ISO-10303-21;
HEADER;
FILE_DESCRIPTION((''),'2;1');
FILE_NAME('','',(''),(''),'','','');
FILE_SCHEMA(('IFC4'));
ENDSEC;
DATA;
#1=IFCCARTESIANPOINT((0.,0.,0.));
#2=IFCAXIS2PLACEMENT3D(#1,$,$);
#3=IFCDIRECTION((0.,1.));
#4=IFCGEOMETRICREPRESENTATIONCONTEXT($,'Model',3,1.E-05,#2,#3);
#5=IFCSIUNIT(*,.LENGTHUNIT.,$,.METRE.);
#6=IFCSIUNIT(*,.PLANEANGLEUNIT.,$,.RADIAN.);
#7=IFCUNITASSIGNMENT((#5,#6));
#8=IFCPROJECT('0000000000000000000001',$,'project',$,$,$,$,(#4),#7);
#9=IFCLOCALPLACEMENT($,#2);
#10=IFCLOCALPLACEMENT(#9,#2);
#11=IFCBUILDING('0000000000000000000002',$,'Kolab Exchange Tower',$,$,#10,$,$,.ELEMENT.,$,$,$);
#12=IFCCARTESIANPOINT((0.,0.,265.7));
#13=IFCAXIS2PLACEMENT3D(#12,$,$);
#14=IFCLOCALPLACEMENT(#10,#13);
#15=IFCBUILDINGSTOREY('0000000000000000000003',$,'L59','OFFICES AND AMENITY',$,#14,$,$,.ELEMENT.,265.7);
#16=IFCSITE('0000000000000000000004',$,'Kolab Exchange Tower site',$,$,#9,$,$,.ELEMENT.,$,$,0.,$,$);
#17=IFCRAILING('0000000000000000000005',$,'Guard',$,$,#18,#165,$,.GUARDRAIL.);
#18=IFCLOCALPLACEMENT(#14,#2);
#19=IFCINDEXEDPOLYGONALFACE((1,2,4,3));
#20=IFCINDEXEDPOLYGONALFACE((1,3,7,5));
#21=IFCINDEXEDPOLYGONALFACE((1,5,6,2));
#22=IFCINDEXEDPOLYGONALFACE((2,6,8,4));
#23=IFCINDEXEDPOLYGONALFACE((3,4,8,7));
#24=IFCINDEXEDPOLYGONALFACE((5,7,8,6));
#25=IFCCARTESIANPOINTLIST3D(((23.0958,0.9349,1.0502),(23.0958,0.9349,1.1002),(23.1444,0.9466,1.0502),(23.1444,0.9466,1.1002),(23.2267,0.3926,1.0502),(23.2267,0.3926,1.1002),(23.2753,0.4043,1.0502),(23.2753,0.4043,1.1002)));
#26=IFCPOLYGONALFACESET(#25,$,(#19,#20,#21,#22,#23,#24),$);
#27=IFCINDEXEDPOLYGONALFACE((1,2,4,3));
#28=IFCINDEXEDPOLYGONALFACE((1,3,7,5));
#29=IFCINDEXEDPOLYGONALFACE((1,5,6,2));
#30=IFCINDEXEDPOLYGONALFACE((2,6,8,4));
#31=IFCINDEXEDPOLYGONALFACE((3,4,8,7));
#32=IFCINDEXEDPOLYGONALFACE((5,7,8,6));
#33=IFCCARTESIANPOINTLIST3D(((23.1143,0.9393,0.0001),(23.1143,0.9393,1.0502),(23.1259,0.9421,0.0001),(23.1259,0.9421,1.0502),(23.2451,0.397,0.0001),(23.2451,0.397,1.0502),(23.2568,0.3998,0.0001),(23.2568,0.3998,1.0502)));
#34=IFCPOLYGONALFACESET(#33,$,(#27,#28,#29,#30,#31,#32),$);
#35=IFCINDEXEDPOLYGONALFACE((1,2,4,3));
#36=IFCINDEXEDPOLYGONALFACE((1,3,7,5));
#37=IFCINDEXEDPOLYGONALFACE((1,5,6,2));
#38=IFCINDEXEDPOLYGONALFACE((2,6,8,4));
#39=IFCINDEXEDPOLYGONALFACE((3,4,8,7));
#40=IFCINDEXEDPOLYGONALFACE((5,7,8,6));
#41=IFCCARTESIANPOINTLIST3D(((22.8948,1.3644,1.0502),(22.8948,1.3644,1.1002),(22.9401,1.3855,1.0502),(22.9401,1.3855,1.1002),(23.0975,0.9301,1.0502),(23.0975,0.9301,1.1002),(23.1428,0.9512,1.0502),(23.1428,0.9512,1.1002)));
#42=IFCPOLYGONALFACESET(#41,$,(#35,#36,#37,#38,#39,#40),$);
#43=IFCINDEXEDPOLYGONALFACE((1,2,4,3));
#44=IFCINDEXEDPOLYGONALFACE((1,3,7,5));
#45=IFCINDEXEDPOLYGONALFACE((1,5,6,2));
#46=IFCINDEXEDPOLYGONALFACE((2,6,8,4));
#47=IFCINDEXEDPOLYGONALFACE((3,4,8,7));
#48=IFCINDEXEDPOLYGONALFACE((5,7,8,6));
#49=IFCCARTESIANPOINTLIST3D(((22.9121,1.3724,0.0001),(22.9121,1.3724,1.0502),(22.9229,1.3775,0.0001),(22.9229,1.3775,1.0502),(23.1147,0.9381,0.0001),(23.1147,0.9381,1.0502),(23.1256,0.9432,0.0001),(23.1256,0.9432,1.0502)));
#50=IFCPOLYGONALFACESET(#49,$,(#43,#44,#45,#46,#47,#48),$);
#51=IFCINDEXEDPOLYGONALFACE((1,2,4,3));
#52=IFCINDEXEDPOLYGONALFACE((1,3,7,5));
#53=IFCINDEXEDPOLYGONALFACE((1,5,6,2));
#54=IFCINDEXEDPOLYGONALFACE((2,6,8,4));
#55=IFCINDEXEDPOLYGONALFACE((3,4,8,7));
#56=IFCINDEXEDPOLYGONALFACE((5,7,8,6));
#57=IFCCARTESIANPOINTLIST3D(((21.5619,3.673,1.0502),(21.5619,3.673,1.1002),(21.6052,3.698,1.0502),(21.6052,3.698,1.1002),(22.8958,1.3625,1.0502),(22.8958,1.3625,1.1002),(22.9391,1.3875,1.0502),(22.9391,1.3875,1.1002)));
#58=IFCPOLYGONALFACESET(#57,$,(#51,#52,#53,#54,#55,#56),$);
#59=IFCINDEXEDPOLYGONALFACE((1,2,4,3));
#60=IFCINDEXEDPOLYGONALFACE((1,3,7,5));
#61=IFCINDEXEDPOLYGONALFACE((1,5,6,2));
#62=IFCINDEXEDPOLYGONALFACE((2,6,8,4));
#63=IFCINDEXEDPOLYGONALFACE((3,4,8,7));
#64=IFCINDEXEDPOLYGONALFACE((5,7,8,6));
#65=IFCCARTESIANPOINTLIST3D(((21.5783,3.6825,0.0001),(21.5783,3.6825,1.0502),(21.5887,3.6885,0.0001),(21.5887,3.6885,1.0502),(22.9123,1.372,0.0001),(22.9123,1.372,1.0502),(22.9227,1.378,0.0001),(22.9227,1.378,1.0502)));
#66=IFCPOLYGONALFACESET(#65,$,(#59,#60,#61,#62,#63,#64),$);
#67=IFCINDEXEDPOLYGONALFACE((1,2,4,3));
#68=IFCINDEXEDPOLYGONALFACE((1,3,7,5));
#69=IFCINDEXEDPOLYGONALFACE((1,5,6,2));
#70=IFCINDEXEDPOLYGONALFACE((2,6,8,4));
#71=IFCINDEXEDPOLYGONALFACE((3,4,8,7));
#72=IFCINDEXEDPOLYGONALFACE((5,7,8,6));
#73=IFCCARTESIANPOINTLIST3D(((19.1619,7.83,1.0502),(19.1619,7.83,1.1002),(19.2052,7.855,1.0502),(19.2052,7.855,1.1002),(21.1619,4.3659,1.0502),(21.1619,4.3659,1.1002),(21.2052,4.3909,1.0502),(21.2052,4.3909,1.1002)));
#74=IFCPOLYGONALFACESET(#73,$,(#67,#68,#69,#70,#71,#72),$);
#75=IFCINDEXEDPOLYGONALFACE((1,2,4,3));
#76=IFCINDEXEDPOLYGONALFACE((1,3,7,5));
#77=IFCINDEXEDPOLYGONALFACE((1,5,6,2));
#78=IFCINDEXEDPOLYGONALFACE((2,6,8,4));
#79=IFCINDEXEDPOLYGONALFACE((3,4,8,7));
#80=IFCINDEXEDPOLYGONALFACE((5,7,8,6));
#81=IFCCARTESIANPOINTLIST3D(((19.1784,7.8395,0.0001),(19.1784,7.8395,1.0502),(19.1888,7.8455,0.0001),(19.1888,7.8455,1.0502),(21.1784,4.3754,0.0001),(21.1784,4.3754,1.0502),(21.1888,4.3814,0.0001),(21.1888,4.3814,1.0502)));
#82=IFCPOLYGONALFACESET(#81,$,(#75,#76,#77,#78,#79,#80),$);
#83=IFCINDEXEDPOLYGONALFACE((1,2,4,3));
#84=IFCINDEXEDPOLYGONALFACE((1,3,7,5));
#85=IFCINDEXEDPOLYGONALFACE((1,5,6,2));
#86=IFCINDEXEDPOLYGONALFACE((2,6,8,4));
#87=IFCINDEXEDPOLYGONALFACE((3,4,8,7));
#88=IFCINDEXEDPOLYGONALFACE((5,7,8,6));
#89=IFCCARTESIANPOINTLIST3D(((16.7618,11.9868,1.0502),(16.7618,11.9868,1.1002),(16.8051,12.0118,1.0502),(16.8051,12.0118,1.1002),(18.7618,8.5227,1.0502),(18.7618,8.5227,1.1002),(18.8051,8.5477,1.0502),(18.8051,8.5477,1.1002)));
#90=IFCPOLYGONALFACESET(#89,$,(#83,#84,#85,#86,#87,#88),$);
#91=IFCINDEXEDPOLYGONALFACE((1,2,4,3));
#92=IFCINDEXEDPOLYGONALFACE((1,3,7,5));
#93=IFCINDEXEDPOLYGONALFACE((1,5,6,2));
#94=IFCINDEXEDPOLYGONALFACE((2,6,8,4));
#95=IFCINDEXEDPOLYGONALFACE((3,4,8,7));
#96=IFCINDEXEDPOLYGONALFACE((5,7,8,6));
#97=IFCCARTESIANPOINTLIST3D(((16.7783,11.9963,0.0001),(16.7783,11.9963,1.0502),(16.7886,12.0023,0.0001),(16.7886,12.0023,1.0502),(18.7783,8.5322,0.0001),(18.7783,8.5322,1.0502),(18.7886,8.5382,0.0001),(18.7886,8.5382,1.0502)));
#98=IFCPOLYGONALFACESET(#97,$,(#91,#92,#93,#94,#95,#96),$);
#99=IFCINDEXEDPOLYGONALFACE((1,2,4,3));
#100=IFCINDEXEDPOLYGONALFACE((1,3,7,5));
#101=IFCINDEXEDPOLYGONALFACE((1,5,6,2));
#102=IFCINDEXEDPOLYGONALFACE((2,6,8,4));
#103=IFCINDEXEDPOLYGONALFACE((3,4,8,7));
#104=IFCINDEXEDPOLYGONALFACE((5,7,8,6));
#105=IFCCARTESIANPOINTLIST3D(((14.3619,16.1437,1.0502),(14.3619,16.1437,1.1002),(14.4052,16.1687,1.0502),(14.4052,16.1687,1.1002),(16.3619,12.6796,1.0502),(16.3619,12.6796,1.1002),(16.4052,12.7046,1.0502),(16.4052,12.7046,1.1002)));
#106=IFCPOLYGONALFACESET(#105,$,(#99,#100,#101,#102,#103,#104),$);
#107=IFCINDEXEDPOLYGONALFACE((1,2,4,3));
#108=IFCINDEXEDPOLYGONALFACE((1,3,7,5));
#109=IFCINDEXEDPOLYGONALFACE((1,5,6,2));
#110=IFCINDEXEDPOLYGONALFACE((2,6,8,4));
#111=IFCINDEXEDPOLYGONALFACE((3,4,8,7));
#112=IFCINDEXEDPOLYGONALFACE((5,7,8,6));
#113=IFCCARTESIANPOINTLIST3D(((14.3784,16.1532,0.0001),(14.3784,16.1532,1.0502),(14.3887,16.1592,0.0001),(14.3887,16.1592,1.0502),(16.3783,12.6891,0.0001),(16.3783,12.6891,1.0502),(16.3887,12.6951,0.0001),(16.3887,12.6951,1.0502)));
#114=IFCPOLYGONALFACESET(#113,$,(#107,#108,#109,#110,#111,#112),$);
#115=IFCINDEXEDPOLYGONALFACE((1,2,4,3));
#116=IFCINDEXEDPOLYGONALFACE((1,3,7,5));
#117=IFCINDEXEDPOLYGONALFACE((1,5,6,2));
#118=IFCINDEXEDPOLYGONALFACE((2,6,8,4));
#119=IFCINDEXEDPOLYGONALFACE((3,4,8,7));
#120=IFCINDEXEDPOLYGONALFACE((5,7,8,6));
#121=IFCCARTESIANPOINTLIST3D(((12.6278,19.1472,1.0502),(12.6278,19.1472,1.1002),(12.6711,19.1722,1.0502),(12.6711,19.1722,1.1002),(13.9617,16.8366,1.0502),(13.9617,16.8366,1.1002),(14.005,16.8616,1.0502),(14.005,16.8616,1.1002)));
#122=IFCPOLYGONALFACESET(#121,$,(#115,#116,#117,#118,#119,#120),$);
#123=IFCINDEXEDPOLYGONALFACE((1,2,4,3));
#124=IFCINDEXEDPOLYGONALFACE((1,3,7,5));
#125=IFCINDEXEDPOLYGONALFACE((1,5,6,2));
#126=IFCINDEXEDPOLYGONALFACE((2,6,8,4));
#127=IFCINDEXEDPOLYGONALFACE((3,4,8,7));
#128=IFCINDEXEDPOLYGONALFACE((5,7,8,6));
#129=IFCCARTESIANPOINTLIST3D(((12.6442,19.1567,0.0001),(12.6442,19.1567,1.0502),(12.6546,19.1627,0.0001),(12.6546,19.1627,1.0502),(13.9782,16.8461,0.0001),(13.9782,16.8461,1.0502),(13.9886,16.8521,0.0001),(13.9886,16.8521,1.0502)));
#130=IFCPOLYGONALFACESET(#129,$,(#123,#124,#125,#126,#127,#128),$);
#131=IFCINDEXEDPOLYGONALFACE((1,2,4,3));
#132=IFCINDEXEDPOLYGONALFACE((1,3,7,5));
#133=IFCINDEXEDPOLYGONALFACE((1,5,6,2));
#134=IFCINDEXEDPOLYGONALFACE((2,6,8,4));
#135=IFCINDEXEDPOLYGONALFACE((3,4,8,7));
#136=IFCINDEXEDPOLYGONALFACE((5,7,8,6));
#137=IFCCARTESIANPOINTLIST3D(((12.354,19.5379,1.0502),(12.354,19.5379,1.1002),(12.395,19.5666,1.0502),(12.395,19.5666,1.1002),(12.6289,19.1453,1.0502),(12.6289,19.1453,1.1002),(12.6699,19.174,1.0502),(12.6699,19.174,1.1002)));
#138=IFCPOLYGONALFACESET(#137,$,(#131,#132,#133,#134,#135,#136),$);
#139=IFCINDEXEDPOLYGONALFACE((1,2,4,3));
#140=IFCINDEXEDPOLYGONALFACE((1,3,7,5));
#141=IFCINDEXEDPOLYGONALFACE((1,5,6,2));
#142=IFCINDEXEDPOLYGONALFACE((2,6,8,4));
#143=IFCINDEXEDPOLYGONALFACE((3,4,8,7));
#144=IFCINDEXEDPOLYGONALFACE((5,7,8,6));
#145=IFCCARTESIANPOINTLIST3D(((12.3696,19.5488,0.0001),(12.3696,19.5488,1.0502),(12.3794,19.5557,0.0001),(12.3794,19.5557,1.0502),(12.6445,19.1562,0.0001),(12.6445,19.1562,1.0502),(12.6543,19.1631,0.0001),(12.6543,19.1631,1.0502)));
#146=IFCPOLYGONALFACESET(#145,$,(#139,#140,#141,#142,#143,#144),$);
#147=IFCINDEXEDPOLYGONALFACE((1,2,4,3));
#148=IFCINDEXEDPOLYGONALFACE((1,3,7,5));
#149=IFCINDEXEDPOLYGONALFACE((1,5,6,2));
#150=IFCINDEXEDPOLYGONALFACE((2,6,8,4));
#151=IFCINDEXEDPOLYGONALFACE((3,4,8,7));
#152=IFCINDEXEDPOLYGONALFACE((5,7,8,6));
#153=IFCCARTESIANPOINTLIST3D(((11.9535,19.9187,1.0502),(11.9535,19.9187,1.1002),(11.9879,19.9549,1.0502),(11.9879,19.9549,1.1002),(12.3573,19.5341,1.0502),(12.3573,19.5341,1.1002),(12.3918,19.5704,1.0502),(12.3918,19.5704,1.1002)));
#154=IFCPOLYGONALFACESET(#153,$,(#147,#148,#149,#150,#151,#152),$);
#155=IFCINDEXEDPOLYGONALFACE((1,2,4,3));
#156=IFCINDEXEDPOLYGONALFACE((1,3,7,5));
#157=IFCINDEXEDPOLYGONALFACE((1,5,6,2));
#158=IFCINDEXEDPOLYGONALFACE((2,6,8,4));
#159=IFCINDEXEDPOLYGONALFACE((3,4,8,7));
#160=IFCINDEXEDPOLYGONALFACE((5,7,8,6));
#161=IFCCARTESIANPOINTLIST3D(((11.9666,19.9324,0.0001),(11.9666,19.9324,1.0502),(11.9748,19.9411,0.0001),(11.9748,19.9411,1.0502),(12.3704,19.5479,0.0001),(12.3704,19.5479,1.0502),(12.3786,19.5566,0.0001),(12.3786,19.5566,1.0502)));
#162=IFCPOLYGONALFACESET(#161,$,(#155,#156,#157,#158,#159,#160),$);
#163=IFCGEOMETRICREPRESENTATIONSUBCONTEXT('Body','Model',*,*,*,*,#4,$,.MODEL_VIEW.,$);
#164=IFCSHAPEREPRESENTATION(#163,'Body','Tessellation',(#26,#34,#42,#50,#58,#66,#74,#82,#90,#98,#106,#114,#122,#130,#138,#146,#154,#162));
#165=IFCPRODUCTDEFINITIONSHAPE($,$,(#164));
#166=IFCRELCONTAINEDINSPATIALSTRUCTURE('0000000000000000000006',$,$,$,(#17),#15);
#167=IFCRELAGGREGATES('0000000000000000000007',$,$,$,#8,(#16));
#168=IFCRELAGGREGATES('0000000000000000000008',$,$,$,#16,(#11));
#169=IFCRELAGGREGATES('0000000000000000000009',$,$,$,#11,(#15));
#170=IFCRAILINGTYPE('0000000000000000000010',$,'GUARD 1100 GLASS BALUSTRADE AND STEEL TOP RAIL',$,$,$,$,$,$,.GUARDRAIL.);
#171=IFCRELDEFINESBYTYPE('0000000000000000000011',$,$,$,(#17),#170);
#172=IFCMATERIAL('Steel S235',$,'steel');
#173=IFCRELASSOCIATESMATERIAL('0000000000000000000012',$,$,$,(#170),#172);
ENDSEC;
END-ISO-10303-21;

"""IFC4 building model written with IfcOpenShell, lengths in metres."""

from ifc_helpers import new_model, si_unit, direction, frame, frame_2d, origin, origin_2d, place, context, subcontext, project, spatial, rectangle, extrude, material, type_object, element, save


model = new_model("IFC4")

# Units and contexts
model_context = context("Model", 3, precision=1e-05, world=origin(), true_north=direction((0.0, 1.0)))
body_context = subcontext(model_context, "Body", "Model", "MODEL_VIEW")
ifc_project = project(units=[si_unit("LENGTHUNIT", "METRE"), si_unit("PLANEANGLEUNIT", "RADIAN")], contexts=[model_context])

# Site, building, storey
site_placement = place(None, origin())
site = spatial("IfcSite", under=ifc_project, at=site_placement, Name="Kolab Exchange Tower site", CompositionType="ELEMENT", RefElevation=0.0)
building_placement = place(site_placement, origin())
building = spatial("IfcBuilding", under=site, at=building_placement, Name="Kolab Exchange Tower", CompositionType="ELEMENT")
storey_placement = place(building_placement, frame((0.0, 0.0, 265.7)))
storey = spatial("IfcBuildingStorey", under=building, at=storey_placement, Name="L59", Description="OFFICES AND AMENITY", CompositionType="ELEMENT", Elevation=265.7)

# Shared definitions
ifc_material_1 = material(Name="Steel S235", Category="steel")

# Railing
railing_type = type_object("IfcRailingType", Name="GUARD 1100 GLASS BALUSTRADE AND STEEL TOP RAIL", PredefinedType="GUARDRAIL", material=ifc_material_1)
railing_placement = place(storey_placement, frame((23.251, 0.3984, 0.0)))
element("IfcRailing", 1, at=railing_placement, inside=storey, type_object=railing_type, Name="Guard", PredefinedType="GUARDRAIL", context=body_context, shape_type="SweptSolid", body=[
    extrude(rectangle(XDim=0.05, YDim=0.05, at=origin_2d()), frame((0.0, 0.0, 1.0752), z_axis=(-0.234598, 0.972093, 0.0), x_axis=(-0.972093, -0.234598, 0.0)), (0.0, 0.0, 1.0), 0.5579),
    extrude(rectangle(XDim=0.012, YDim=1.0501, at=frame_2d((0.0, 0.5251))), frame((0.0, 0.0, 0.0), z_axis=(-0.234598, 0.972093, 0.0), x_axis=(-0.972093, -0.234598, 0.0)), (0.0, 0.0, 1.0), 0.5579),
    extrude(rectangle(XDim=0.05, YDim=0.05, at=origin_2d()), frame((-0.1309, 0.5422, 1.0752), z_axis=(-0.422802, 0.906222, 0.0), x_axis=(-0.906222, -0.422802, 0.0)), (0.0, 0.0, 1.0), 0.4792),
    extrude(rectangle(XDim=0.012, YDim=1.0501, at=frame_2d((0.0, 0.5251))), frame((-0.1309, 0.5422, 0.0), z_axis=(-0.422802, 0.906222, 0.0), x_axis=(-0.906222, -0.422802, 0.0)), (0.0, 0.0, 1.0), 0.4792),
    extrude(rectangle(XDim=0.05, YDim=0.05, at=origin_2d()), frame((-0.3335, 0.9766, 1.0752), z_axis=(-0.499997, 0.866027, 0.0), x_axis=(-0.866027, -0.499997, 0.0)), (0.0, 0.0, 1.0), 2.668),
    extrude(rectangle(XDim=0.012, YDim=1.0501, at=frame_2d((0.0, 0.5251))), frame((-0.3335, 0.9766, 0.0), z_axis=(-0.499997, 0.866027, 0.0), x_axis=(-0.866027, -0.499997, 0.0)), (0.0, 0.0, 1.0), 2.668),
    extrude(rectangle(XDim=0.05, YDim=0.05, at=origin_2d()), frame((-2.0674, 3.98, 1.0752), z_axis=(-0.499999, 0.866026, 0.0), x_axis=(-0.866026, -0.499999, 0.0)), (0.0, 0.0, 1.0), 4.0),
    extrude(rectangle(XDim=0.012, YDim=1.0501, at=frame_2d((0.0, 0.5251))), frame((-2.0674, 3.98, 0.0), z_axis=(-0.499999, 0.866026, 0.0), x_axis=(-0.866026, -0.499999, 0.0)), (0.0, 0.0, 1.0), 4.0),
    extrude(rectangle(XDim=0.05, YDim=0.05, at=origin_2d()), frame((-4.4675, 8.1367, 1.0752), z_axis=(-0.499999, 0.866026, 0.0), x_axis=(-0.866026, -0.499999, 0.0)), (0.0, 0.0, 1.0), 4.0),
    extrude(rectangle(XDim=0.012, YDim=1.0501, at=frame_2d((0.0, 0.5251))), frame((-4.4675, 8.1367, 0.0), z_axis=(-0.499999, 0.866026, 0.0), x_axis=(-0.866026, -0.499999, 0.0)), (0.0, 0.0, 1.0), 4.0),
    extrude(rectangle(XDim=0.05, YDim=0.05, at=origin_2d()), frame((-6.8674, 12.2937, 1.0752), z_axis=(-0.499999, 0.866026, 0.0), x_axis=(-0.866026, -0.499999, 0.0)), (0.0, 0.0, 1.0), 4.0),
    extrude(rectangle(XDim=0.012, YDim=1.0501, at=frame_2d((0.0, 0.5251))), frame((-6.8674, 12.2937, 0.0), z_axis=(-0.499999, 0.866026, 0.0), x_axis=(-0.866026, -0.499999, 0.0)), (0.0, 0.0, 1.0), 4.0),
    extrude(rectangle(XDim=0.05, YDim=0.05, at=origin_2d()), frame((-9.2676, 16.4507, 1.0752), z_axis=(-0.499997, 0.866027, 0.0), x_axis=(-0.866027, -0.499997, 0.0)), (0.0, 0.0, 1.0), 2.668),
    extrude(rectangle(XDim=0.012, YDim=1.0501, at=frame_2d((0.0, 0.5251))), frame((-9.2676, 16.4507, 0.0), z_axis=(-0.499997, 0.866027, 0.0), x_axis=(-0.866027, -0.499997, 0.0)), (0.0, 0.0, 1.0), 2.668),
    extrude(rectangle(XDim=0.05, YDim=0.05, at=origin_2d()), frame((-10.6016, 18.7612, 1.0752), z_axis=(-0.573599, 0.819136, 0.0), x_axis=(-0.819136, -0.573599, 0.0)), (0.0, 0.0, 1.0), 0.4792),
    extrude(rectangle(XDim=0.012, YDim=1.0501, at=frame_2d((0.0, 0.5251))), frame((-10.6016, 18.7612, 0.0), z_axis=(-0.573599, 0.819136, 0.0), x_axis=(-0.819136, -0.573599, 0.0)), (0.0, 0.0, 1.0), 0.4792),
    extrude(rectangle(XDim=0.05, YDim=0.05, at=origin_2d()), frame((-10.8765, 19.1538, 1.0752), z_axis=(-0.72419, 0.689601, 0.0), x_axis=(-0.689601, -0.72419, 0.0)), (0.0, 0.0, 1.0), 0.5576),
    extrude(rectangle(XDim=0.012, YDim=1.0501, at=frame_2d((0.0, 0.5251))), frame((-10.8765, 19.1538, 0.0), z_axis=(-0.72419, 0.689601, 0.0), x_axis=(-0.689601, -0.72419, 0.0)), (0.0, 0.0, 1.0), 0.5576),
])

save(model, "model.ifc")
